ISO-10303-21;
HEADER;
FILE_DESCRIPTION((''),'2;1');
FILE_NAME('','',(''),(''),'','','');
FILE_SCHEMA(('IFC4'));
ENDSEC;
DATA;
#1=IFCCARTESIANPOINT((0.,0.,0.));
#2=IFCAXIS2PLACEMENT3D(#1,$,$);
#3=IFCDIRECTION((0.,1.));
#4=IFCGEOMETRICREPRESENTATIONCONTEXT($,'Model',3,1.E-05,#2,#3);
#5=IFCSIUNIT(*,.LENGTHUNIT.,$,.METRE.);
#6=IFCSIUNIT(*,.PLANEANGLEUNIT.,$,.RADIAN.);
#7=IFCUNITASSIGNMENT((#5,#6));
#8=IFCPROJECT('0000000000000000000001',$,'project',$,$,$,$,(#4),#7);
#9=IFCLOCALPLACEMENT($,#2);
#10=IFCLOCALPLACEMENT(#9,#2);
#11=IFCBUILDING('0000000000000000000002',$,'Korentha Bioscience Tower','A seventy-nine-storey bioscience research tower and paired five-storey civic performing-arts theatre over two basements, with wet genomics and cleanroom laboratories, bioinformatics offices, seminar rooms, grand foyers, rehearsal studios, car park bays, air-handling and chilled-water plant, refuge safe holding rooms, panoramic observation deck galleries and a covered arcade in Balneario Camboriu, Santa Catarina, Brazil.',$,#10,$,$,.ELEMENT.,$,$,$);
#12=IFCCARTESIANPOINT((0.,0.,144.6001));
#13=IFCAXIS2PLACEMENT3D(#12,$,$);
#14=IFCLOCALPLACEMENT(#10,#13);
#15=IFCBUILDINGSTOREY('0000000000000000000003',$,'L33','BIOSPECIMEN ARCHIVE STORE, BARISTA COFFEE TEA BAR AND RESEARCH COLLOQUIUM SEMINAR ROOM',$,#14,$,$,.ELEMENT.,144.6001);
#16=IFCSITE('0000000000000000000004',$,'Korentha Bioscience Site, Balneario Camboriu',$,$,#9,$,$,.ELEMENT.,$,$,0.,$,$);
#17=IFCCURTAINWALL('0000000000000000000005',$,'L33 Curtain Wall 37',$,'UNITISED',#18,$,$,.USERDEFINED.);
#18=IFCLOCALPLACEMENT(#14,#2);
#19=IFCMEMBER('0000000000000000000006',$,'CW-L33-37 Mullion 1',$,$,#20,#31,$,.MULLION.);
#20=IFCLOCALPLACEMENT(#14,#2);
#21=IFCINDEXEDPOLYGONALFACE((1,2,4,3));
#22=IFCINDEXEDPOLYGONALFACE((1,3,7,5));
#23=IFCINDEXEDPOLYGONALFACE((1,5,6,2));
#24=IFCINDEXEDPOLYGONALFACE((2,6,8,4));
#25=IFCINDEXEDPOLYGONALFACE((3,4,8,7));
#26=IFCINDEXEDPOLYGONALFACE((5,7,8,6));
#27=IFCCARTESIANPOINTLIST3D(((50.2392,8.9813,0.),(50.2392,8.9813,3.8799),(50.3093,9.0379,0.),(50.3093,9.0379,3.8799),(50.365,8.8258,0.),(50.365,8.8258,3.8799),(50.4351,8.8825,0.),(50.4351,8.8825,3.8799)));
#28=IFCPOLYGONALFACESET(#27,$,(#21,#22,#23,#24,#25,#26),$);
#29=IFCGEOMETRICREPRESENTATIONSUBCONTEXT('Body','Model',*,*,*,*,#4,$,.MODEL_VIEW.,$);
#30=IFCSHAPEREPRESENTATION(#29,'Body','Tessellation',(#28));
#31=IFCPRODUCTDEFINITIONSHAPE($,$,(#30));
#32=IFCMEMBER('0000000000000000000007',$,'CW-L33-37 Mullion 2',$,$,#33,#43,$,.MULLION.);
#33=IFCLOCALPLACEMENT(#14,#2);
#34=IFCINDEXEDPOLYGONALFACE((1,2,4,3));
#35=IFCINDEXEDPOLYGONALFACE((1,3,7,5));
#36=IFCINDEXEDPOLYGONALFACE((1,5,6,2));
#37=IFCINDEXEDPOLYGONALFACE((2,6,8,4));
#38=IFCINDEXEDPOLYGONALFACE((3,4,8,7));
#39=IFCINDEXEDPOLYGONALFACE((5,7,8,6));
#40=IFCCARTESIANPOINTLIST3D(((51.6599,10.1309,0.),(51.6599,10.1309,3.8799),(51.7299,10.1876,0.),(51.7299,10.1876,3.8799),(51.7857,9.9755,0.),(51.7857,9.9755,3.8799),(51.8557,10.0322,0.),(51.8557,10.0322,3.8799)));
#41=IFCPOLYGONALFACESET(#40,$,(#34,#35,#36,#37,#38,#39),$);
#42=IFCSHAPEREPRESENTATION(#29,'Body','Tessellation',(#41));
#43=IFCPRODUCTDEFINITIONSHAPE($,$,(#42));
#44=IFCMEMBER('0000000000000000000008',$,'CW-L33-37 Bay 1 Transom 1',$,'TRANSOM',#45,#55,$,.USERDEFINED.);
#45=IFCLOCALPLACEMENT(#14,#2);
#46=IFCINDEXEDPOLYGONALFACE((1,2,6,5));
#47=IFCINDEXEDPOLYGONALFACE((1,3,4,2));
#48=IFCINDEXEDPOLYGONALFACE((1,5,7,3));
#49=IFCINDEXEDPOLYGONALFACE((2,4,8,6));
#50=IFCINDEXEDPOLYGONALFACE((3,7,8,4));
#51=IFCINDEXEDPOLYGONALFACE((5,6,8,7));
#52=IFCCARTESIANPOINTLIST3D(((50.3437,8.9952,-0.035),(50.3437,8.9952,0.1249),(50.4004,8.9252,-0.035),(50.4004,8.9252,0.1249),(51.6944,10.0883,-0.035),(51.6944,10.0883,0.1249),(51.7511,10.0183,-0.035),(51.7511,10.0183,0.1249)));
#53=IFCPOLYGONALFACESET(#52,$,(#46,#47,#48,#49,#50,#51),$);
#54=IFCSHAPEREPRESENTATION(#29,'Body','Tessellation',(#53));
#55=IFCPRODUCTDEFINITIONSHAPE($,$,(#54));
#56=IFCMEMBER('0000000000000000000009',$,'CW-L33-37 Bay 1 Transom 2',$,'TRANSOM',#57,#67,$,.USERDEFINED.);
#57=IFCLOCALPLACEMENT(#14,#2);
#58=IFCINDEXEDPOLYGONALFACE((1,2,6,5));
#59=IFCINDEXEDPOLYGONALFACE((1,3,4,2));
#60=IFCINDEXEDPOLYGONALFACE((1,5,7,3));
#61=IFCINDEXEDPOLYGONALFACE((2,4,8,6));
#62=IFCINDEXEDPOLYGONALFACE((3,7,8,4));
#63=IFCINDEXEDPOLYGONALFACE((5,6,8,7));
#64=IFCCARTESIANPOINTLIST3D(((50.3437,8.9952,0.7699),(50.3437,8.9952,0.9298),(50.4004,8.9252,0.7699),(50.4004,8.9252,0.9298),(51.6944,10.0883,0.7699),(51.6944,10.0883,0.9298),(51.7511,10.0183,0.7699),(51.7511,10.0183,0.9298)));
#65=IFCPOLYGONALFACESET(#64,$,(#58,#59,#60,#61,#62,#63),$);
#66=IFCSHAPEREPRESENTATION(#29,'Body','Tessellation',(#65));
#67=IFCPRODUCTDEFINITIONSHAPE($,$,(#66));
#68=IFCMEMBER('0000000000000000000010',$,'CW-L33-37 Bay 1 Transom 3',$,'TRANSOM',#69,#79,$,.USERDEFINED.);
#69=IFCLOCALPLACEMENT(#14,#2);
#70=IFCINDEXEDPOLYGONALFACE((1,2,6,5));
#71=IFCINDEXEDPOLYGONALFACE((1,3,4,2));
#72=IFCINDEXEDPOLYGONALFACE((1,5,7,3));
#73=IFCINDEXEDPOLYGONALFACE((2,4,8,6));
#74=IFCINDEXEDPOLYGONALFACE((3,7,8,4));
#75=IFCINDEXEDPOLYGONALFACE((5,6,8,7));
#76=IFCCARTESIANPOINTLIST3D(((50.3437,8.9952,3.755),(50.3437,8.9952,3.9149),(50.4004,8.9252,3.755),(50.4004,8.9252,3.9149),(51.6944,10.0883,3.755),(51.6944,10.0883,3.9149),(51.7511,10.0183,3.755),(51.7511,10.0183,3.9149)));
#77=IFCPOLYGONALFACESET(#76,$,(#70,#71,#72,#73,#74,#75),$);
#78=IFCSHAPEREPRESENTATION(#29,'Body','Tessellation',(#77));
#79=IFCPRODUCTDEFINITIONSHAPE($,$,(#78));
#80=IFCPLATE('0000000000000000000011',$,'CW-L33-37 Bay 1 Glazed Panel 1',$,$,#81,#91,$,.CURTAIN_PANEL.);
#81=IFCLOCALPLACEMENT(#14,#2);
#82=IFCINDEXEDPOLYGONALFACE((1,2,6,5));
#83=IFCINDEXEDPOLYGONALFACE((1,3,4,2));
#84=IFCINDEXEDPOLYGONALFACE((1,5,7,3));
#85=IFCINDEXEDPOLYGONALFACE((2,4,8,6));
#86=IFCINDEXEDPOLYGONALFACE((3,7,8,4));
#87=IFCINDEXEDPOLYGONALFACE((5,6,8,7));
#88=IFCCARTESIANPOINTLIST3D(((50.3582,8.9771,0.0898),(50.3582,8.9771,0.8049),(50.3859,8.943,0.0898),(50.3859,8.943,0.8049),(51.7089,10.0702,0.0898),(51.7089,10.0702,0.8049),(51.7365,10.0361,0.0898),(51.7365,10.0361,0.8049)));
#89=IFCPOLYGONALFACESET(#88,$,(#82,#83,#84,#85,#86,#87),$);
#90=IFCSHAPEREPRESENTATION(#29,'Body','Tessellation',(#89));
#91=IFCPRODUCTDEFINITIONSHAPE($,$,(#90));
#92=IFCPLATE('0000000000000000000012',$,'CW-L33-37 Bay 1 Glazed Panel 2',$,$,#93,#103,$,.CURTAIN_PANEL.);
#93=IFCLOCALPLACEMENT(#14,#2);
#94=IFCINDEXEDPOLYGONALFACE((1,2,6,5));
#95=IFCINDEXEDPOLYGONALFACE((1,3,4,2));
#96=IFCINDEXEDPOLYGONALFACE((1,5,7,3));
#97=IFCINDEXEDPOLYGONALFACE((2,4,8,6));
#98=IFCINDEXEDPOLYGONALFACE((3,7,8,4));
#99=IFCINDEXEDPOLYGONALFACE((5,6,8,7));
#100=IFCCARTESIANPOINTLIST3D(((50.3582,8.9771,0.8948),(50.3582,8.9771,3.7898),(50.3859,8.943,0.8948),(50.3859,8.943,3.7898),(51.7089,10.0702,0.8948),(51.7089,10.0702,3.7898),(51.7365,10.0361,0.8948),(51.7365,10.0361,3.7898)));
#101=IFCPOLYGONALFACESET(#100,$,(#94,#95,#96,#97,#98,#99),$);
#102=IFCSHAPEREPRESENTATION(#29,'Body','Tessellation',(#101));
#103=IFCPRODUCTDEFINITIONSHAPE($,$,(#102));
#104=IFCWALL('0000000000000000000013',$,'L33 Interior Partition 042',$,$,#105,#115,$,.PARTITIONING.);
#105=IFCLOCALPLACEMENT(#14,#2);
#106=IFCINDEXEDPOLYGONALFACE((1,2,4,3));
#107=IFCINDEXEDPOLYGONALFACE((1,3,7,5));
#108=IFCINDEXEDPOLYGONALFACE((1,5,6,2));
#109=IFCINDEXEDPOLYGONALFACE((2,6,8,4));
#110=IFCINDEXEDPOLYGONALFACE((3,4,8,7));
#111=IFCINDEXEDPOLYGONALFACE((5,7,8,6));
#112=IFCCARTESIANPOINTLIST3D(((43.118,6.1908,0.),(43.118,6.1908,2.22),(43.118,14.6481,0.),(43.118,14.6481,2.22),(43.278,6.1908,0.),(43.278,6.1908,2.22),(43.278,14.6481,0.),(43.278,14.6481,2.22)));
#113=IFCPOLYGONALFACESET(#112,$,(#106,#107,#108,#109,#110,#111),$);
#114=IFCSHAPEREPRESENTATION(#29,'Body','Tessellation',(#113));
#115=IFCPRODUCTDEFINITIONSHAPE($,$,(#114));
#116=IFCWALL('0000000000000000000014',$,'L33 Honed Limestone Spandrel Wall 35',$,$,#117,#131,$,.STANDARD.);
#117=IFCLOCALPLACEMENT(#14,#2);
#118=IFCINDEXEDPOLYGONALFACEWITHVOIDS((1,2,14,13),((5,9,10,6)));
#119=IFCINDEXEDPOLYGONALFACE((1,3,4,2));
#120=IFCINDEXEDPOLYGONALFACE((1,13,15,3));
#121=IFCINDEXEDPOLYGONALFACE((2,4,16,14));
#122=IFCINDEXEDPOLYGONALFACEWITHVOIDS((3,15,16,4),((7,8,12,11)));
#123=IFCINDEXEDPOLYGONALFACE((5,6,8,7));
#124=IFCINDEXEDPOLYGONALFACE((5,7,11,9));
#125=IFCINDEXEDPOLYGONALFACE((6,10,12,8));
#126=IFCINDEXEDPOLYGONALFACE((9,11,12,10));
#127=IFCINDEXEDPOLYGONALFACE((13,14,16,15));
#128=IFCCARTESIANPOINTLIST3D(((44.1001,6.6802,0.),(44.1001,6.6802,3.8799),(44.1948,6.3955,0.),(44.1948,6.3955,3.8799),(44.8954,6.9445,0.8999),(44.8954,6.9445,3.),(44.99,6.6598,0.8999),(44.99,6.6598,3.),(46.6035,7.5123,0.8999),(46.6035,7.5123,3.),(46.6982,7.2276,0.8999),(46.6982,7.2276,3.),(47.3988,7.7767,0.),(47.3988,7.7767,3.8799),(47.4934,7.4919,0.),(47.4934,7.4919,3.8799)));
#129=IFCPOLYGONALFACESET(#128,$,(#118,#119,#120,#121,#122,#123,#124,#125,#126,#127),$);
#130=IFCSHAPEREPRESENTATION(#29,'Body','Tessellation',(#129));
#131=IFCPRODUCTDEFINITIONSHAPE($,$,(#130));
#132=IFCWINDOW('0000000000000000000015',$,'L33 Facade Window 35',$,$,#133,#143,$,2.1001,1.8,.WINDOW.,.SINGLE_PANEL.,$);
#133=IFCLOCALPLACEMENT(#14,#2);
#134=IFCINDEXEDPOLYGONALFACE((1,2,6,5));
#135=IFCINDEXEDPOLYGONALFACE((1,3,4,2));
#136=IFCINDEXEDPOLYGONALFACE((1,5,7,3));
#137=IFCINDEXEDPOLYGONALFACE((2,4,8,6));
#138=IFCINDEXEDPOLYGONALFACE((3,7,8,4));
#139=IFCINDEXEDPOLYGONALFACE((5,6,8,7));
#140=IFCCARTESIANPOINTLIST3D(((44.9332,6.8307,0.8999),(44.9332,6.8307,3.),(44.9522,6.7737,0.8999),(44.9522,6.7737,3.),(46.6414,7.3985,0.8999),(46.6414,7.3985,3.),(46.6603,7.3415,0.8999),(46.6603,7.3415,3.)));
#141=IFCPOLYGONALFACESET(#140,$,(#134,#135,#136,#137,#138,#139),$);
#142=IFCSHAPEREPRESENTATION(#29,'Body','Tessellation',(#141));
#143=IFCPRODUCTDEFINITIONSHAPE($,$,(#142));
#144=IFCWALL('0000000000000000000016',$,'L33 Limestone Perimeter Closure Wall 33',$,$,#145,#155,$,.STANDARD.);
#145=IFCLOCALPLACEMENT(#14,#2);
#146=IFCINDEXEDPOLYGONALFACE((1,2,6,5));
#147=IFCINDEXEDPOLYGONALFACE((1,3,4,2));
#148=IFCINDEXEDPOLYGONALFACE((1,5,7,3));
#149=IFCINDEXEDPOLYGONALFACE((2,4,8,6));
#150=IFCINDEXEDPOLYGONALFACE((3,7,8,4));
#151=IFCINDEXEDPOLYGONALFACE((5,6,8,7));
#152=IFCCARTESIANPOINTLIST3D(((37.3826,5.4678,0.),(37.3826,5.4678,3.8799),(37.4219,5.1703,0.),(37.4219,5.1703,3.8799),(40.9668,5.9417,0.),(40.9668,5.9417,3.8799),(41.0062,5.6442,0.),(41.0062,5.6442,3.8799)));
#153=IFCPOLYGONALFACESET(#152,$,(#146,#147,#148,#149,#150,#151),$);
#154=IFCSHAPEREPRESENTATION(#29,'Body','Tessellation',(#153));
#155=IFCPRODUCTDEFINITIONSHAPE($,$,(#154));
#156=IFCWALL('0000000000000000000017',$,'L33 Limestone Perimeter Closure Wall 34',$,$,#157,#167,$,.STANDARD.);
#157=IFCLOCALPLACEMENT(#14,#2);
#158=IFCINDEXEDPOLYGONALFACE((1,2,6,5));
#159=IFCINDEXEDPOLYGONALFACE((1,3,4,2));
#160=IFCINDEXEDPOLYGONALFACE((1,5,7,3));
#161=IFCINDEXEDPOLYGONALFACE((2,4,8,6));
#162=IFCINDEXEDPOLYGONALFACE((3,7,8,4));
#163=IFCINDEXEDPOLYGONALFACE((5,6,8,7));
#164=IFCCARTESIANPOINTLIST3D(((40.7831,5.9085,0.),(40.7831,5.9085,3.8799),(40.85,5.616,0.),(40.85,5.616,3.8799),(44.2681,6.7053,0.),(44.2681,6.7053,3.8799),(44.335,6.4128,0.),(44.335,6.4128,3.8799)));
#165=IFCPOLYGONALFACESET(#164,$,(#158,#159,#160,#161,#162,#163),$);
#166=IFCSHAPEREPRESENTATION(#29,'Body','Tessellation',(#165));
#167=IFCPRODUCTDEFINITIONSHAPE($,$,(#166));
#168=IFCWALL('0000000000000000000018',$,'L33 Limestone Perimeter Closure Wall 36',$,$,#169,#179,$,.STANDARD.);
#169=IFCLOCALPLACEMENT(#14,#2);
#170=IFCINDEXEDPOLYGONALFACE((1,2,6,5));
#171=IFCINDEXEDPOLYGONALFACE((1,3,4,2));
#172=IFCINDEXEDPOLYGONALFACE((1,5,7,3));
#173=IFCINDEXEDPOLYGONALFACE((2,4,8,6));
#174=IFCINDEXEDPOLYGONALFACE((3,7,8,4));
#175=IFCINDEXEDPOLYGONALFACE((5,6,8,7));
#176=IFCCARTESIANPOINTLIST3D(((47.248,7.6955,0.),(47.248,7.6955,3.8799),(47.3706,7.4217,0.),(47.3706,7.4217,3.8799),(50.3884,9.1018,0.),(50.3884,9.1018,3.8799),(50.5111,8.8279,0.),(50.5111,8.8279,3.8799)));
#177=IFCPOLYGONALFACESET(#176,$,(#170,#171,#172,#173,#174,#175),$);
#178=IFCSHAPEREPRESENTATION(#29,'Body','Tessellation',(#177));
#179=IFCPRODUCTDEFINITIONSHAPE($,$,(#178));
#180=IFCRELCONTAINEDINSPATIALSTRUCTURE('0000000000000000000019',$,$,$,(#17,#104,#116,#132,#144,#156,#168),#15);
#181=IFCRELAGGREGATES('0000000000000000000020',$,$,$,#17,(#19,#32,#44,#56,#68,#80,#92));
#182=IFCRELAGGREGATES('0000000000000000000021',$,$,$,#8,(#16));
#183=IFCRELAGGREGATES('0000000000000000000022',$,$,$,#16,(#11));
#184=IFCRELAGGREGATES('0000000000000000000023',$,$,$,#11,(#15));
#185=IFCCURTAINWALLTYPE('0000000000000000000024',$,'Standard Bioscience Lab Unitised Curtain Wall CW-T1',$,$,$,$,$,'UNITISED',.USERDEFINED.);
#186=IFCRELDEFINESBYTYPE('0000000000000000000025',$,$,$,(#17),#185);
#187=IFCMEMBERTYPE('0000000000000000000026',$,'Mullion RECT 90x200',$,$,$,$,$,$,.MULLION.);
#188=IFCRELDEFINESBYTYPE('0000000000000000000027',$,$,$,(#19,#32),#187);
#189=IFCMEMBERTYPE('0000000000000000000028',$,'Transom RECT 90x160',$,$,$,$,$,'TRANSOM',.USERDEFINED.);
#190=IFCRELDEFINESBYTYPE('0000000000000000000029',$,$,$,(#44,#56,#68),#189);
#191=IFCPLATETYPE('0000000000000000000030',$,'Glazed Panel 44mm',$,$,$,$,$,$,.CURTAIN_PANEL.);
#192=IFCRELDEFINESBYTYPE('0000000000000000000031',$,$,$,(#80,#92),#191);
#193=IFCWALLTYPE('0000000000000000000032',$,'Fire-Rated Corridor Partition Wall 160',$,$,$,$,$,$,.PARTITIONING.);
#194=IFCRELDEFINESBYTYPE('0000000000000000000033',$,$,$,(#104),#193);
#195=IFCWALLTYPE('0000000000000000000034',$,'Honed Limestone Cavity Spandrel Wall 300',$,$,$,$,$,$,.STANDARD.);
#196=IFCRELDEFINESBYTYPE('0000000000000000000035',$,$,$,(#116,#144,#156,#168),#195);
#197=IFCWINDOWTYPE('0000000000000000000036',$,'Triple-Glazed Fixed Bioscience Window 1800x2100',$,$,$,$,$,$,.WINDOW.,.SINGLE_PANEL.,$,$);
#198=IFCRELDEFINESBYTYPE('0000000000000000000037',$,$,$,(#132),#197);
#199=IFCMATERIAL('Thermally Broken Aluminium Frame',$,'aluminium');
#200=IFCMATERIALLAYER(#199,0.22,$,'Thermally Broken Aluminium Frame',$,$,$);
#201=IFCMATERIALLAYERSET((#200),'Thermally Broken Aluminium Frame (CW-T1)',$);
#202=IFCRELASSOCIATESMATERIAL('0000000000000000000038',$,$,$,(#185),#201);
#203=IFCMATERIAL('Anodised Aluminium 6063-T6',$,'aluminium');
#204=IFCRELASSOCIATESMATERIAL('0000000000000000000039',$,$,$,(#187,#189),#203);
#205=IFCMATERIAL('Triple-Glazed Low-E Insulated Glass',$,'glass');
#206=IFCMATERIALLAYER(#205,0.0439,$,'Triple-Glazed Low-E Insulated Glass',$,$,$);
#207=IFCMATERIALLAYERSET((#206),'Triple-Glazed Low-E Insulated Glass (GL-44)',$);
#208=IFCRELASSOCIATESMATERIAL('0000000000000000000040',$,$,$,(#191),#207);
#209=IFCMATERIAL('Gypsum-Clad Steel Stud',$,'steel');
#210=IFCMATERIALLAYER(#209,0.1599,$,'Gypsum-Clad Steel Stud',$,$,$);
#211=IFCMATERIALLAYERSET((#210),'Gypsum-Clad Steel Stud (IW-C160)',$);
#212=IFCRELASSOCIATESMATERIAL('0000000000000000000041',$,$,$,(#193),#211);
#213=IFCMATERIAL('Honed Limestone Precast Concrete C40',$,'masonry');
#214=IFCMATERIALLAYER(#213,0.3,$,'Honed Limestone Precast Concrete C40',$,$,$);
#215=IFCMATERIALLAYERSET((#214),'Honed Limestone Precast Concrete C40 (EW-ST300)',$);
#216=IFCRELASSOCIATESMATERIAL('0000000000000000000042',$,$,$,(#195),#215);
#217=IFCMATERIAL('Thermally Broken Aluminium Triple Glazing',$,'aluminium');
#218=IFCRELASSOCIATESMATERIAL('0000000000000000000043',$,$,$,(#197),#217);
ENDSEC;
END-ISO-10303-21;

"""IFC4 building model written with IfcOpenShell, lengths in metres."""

from ifc_helpers import new_model, si_unit, direction, frame, frame_2d, origin, origin_2d, place, context, subcontext, project, spatial, rectangle, extrude, material, layer, layer_set, material_profile, profile_set, type_object, element, fill, aggregate, save


model = new_model("IFC4")

# Units and contexts
model_context = context("Model", 3, precision=1e-05, world=origin(), true_north=direction((0.0, 1.0)))
body_context = subcontext(model_context, "Body", "Model", "MODEL_VIEW")
ifc_project = project(units=[si_unit("LENGTHUNIT", "METRE"), si_unit("PLANEANGLEUNIT", "RADIAN")], contexts=[model_context])

# Site, building, storey
site_placement = place(None, origin())
site = spatial("IfcSite", under=ifc_project, at=site_placement, Name="Korentha Bioscience Site, Balneario Camboriu", CompositionType="ELEMENT", RefElevation=0.0)
building_placement = place(site_placement, origin())
building = spatial("IfcBuilding", under=site, at=building_placement, Name="Korentha Bioscience Tower", Description="A seventy-nine-storey bioscience research tower and paired five-storey civic performing-arts theatre over two basements, with wet genomics and cleanroom laboratories, bioinformatics offices, seminar rooms, grand foyers, rehearsal studios, car park bays, air-handling and chilled-water plant, refuge safe holding rooms, panoramic observation deck galleries and a covered arcade in Balneario Camboriu, Santa Catarina, Brazil.", CompositionType="ELEMENT")
storey_placement = place(building_placement, frame((0.0, 0.0, 144.6001)))
storey = spatial("IfcBuildingStorey", under=building, at=storey_placement, Name="L33", Description="BIOSPECIMEN ARCHIVE STORE, BARISTA COFFEE TEA BAR AND RESEARCH COLLOQUIUM SEMINAR ROOM", CompositionType="ELEMENT", Elevation=144.6001)

# Curtain wall, members, plates
ifc_material_1 = material(Name="Thermally Broken Aluminium Frame", Category="aluminium")
ifc_layer_1 = layer(ifc_material_1, 0.22, Name="Thermally Broken Aluminium Frame")
ifc_layer_set_1 = layer_set([ifc_layer_1], Name="Thermally Broken Aluminium Frame (CW-T1)")
curtain_wall_type = type_object("IfcCurtainWallType", Name="Standard Bioscience Lab Unitised Curtain Wall CW-T1", ElementType="UNITISED", PredefinedType="USERDEFINED", material=ifc_layer_set_1)
curtain_wall_placement = place(storey_placement, origin())
curtain_wall = element("IfcCurtainWall", 1, at=curtain_wall_placement, inside=storey, type_object=curtain_wall_type, Name="L33 Curtain Wall 37", ObjectType="UNITISED", PredefinedType="USERDEFINED")
ifc_material_2 = material(Name="Anodised Aluminium 6063-T6", Category="aluminium")
ifc_material_profile_1 = material_profile(ifc_material_2, rectangle(XDim=0.0901, YDim=0.2, at=origin_2d()), Name="Anodised Aluminium 6063-T6")
ifc_profile_set_1 = profile_set([ifc_material_profile_1], Name="Anodised Aluminium 6063-T6 (CW-MUL)")
member_type_1 = type_object("IfcMemberType", Name="Mullion RECT 90x200", PredefinedType="MULLION", material=ifc_profile_set_1)
member_1_placement = place(storey_placement, frame((50.3372, 8.9319, 0.0), z_axis=(0.0, 0.0, 1.0), x_axis=(0.777315, 0.629111, 0.0)))
member_1 = element("IfcMember", 2, at=member_1_placement, type_object=member_type_1, Name="CW-L33-37 Mullion 1", PredefinedType="MULLION", context=body_context, shape_type="SweptSolid", body=[
    extrude(rectangle(XDim=0.0901, YDim=0.2, at=origin_2d()), origin(), (0.0, 0.0, 1.0), 3.8799),
])
member_2_placement = place(storey_placement, frame((51.7578, 10.0815, 0.0), z_axis=(0.0, 0.0, 1.0), x_axis=(0.777315, 0.629111, 0.0)))
member_2 = element("IfcMember", 3, at=member_2_placement, type_object=member_type_1, Name="CW-L33-37 Mullion 2", PredefinedType="MULLION", context=body_context, shape_type="SweptSolid", body=[
    extrude(rectangle(XDim=0.0901, YDim=0.2, at=origin_2d()), origin(), (0.0, 0.0, 1.0), 3.8799),
])
ifc_material_profile_2 = material_profile(ifc_material_2, rectangle(XDim=0.0901, YDim=0.1599, at=origin_2d()), Name="Anodised Aluminium 6063-T6")
ifc_profile_set_2 = profile_set([ifc_material_profile_2], Name="Anodised Aluminium 6063-T6 (CW-TRN)")
member_type_2 = type_object("IfcMemberType", Name="Transom RECT 90x160", ElementType="TRANSOM", PredefinedType="USERDEFINED", material=ifc_profile_set_2)
member_3_placement = place(storey_placement, frame((50.3721, 8.9602, 0.0449), z_axis=(0.777333, 0.629089, 0.0), x_axis=(-0.629089, 0.777333, 0.0)))
member_3 = element("IfcMember", 4, at=member_3_placement, type_object=member_type_2, Name="CW-L33-37 Bay 1 Transom 1", ObjectType="TRANSOM", PredefinedType="USERDEFINED", context=body_context, shape_type="SweptSolid", body=[
    extrude(rectangle(XDim=0.0901, YDim=0.1599, at=origin_2d()), origin(), (0.0, 0.0, 1.0), 1.7375),
])
member_4_placement = place(storey_placement, frame((50.3721, 8.9602, 0.8499), z_axis=(0.777333, 0.629089, 0.0), x_axis=(-0.629089, 0.777333, 0.0)))
member_4 = element("IfcMember", 5, at=member_4_placement, type_object=member_type_2, Name="CW-L33-37 Bay 1 Transom 2", ObjectType="TRANSOM", PredefinedType="USERDEFINED", context=body_context, shape_type="SweptSolid", body=[
    extrude(rectangle(XDim=0.0901, YDim=0.1599, at=origin_2d()), origin(), (0.0, 0.0, 1.0), 1.7375),
])
member_5_placement = place(storey_placement, frame((50.3721, 8.9602, 3.835), z_axis=(0.777333, 0.629089, 0.0), x_axis=(-0.629089, 0.777333, 0.0)))
member_5 = element("IfcMember", 6, at=member_5_placement, type_object=member_type_2, Name="CW-L33-37 Bay 1 Transom 3", ObjectType="TRANSOM", PredefinedType="USERDEFINED", context=body_context, shape_type="SweptSolid", body=[
    extrude(rectangle(XDim=0.0901, YDim=0.1599, at=origin_2d()), origin(), (0.0, 0.0, 1.0), 1.7375),
])
ifc_material_3 = material(Name="Triple-Glazed Low-E Insulated Glass", Category="glass")
ifc_layer_2 = layer(ifc_material_3, 0.0439, Name="Triple-Glazed Low-E Insulated Glass")
ifc_layer_set_2 = layer_set([ifc_layer_2], Name="Triple-Glazed Low-E Insulated Glass (GL-44)")
plate_type = type_object("IfcPlateType", Name="Glazed Panel 44mm", PredefinedType="CURTAIN_PANEL", material=ifc_layer_set_2)
plate_1_placement = place(storey_placement, frame((51.0474, 9.5066, 0.0898), z_axis=(0.0, 0.0, 1.0), x_axis=(0.777315, 0.629111, 0.0)))
plate_1 = element("IfcPlate", 7, at=plate_1_placement, type_object=plate_type, Name="CW-L33-37 Bay 1 Glazed Panel 1", PredefinedType="CURTAIN_PANEL", context=body_context, shape_type="SweptSolid", body=[
    extrude(rectangle(XDim=1.7375, YDim=0.0439, at=origin_2d()), origin(), (0.0, 0.0, 1.0), 0.7151),
])
plate_2_placement = place(storey_placement, frame((51.0474, 9.5066, 0.8948), z_axis=(0.0, 0.0, 1.0), x_axis=(0.777315, 0.629111, 0.0)))
plate_2 = element("IfcPlate", 8, at=plate_2_placement, type_object=plate_type, Name="CW-L33-37 Bay 1 Glazed Panel 2", PredefinedType="CURTAIN_PANEL", context=body_context, shape_type="SweptSolid", body=[
    extrude(rectangle(XDim=1.7375, YDim=0.0439, at=origin_2d()), origin(), (0.0, 0.0, 1.0), 2.895),
])
aggregate(curtain_wall, [member_1, member_2, member_3, member_4, member_5, plate_1, plate_2])

# Wall
ifc_material_4 = material(Name="Gypsum-Clad Steel Stud", Category="steel")
ifc_layer_3 = layer(ifc_material_4, 0.1599, Name="Gypsum-Clad Steel Stud")
ifc_layer_set_3 = layer_set([ifc_layer_3], Name="Gypsum-Clad Steel Stud (IW-C160)")
wall_type_1 = type_object("IfcWallType", Name="Fire-Rated Corridor Partition Wall 160", PredefinedType="PARTITIONING", material=ifc_layer_set_3)
wall_1_placement = place(storey_placement, frame((43.198, 14.6479, 0.0), z_axis=(0.0, 0.0, 1.0), x_axis=(0.0, -1.0, 0.0)))
element("IfcWall", 9, at=wall_1_placement, inside=storey, type_object=wall_type_1, Name="L33 Interior Partition 042", PredefinedType="PARTITIONING", context=body_context, shape_type="SweptSolid", body=[
    extrude(rectangle(XDim=8.4573, YDim=0.1599, at=frame_2d((4.2285, 0.0))), origin(), (0.0, 0.0, 1.0), 2.22),
])

# Wall, opening, window
ifc_material_5 = material(Name="Honed Limestone Precast Concrete C40", Category="masonry")
ifc_layer_4 = layer(ifc_material_5, 0.3, Name="Honed Limestone Precast Concrete C40")
ifc_layer_set_4 = layer_set([ifc_layer_4], Name="Honed Limestone Precast Concrete C40 (EW-ST300)")
wall_type_2 = type_object("IfcWallType", Name="Honed Limestone Cavity Spandrel Wall 300", PredefinedType="STANDARD", material=ifc_layer_set_4)
wall_2_placement = place(storey_placement, frame((44.1475, 6.5378, 0.0), z_axis=(0.0, 0.0, 1.0), x_axis=(0.94895, 0.315427, 0.0)))
wall_2 = element("IfcWall", 10, at=wall_2_placement, inside=storey, type_object=wall_type_2, Name="L33 Honed Limestone Spandrel Wall 35", PredefinedType="STANDARD", context=body_context, shape_type="SweptSolid", body=[
    extrude(rectangle(XDim=3.4761, YDim=0.3, at=frame_2d((1.738, 0.0))), origin(), (0.0, 0.0, 1.0), 3.8799),
])
opening_placement = place(wall_2_placement, frame((0.8381, 0.0, 0.8999)))
opening = element("IfcOpeningElement", 11, at=opening_placement, cuts=wall_2, PredefinedType="OPENING", context=body_context, shape_type="SweptSolid", body=[
    extrude(rectangle(XDim=1.8, YDim=2.1001, at=frame_2d((0.8999, 1.05))), frame((0.0, 0.165, 0.0), z_axis=(0.0, -1.0, 0.0), x_axis=(1.0, 0.0, 0.0)), (0.0, 0.0, 1.0), 0.3298),
])
ifc_material_6 = material(Name="Thermally Broken Aluminium Triple Glazing", Category="aluminium")
window_type = type_object("IfcWindowType", Name="Triple-Glazed Fixed Bioscience Window 1800x2100", PartitioningType="SINGLE_PANEL", PredefinedType="WINDOW", material=ifc_material_6)
window_placement = place(opening_placement, origin())
window = element("IfcWindow", 12, at=window_placement, inside=storey, type_object=window_type, Name="L33 Facade Window 35", OverallHeight=2.1001, OverallWidth=1.8, PartitioningType="SINGLE_PANEL", PredefinedType="WINDOW", context=body_context, shape_type="SweptSolid", body=[
    extrude(rectangle(XDim=1.8, YDim=2.1001, at=frame_2d((0.8999, 1.05))), frame((0.0, 0.03, 0.0), z_axis=(0.0, -1.0, 0.0), x_axis=(1.0, 0.0, 0.0)), (0.0, 0.0, 1.0), 0.0601),
])
fill(opening, window)

# Walls
wall_3_placement = place(storey_placement, frame((37.4023, 5.3191, 0.0), z_axis=(0.0, 0.0, 1.0), x_axis=(0.991373, 0.131071, 0.0)))
element("IfcWall", 13, at=wall_3_placement, inside=storey, type_object=wall_type_2, Name="L33 Limestone Perimeter Closure Wall 33", PredefinedType="STANDARD", context=body_context, shape_type="SweptSolid", body=[
    extrude(rectangle(XDim=3.6155, YDim=0.3, at=frame_2d((1.8076, 0.0))), origin(), (0.0, 0.0, 1.0), 3.8799),
])
wall_4_placement = place(storey_placement, frame((40.8164, 5.7622, 0.0), z_axis=(0.0, 0.0, 1.0), x_axis=(0.974842, 0.222899, 0.0)))
element("IfcWall", 14, at=wall_4_placement, inside=storey, type_object=wall_type_2, Name="L33 Limestone Perimeter Closure Wall 34", PredefinedType="STANDARD", context=body_context, shape_type="SweptSolid", body=[
    extrude(rectangle(XDim=3.575, YDim=0.3, at=frame_2d((1.7876, 0.0))), origin(), (0.0, 0.0, 1.0), 3.8799),
])
wall_5_placement = place(storey_placement, frame((47.3093, 7.5586, 0.0), z_axis=(0.0, 0.0, 1.0), x_axis=(0.912673, 0.408691, 0.0)))
element("IfcWall", 15, at=wall_5_placement, inside=storey, type_object=wall_type_2, Name="L33 Limestone Perimeter Closure Wall 36", PredefinedType="STANDARD", context=body_context, shape_type="SweptSolid", body=[
    extrude(rectangle(XDim=3.4409, YDim=0.3, at=frame_2d((1.7205, 0.0))), origin(), (0.0, 0.0, 1.0), 3.8799),
])

save(model, "model.ifc")
